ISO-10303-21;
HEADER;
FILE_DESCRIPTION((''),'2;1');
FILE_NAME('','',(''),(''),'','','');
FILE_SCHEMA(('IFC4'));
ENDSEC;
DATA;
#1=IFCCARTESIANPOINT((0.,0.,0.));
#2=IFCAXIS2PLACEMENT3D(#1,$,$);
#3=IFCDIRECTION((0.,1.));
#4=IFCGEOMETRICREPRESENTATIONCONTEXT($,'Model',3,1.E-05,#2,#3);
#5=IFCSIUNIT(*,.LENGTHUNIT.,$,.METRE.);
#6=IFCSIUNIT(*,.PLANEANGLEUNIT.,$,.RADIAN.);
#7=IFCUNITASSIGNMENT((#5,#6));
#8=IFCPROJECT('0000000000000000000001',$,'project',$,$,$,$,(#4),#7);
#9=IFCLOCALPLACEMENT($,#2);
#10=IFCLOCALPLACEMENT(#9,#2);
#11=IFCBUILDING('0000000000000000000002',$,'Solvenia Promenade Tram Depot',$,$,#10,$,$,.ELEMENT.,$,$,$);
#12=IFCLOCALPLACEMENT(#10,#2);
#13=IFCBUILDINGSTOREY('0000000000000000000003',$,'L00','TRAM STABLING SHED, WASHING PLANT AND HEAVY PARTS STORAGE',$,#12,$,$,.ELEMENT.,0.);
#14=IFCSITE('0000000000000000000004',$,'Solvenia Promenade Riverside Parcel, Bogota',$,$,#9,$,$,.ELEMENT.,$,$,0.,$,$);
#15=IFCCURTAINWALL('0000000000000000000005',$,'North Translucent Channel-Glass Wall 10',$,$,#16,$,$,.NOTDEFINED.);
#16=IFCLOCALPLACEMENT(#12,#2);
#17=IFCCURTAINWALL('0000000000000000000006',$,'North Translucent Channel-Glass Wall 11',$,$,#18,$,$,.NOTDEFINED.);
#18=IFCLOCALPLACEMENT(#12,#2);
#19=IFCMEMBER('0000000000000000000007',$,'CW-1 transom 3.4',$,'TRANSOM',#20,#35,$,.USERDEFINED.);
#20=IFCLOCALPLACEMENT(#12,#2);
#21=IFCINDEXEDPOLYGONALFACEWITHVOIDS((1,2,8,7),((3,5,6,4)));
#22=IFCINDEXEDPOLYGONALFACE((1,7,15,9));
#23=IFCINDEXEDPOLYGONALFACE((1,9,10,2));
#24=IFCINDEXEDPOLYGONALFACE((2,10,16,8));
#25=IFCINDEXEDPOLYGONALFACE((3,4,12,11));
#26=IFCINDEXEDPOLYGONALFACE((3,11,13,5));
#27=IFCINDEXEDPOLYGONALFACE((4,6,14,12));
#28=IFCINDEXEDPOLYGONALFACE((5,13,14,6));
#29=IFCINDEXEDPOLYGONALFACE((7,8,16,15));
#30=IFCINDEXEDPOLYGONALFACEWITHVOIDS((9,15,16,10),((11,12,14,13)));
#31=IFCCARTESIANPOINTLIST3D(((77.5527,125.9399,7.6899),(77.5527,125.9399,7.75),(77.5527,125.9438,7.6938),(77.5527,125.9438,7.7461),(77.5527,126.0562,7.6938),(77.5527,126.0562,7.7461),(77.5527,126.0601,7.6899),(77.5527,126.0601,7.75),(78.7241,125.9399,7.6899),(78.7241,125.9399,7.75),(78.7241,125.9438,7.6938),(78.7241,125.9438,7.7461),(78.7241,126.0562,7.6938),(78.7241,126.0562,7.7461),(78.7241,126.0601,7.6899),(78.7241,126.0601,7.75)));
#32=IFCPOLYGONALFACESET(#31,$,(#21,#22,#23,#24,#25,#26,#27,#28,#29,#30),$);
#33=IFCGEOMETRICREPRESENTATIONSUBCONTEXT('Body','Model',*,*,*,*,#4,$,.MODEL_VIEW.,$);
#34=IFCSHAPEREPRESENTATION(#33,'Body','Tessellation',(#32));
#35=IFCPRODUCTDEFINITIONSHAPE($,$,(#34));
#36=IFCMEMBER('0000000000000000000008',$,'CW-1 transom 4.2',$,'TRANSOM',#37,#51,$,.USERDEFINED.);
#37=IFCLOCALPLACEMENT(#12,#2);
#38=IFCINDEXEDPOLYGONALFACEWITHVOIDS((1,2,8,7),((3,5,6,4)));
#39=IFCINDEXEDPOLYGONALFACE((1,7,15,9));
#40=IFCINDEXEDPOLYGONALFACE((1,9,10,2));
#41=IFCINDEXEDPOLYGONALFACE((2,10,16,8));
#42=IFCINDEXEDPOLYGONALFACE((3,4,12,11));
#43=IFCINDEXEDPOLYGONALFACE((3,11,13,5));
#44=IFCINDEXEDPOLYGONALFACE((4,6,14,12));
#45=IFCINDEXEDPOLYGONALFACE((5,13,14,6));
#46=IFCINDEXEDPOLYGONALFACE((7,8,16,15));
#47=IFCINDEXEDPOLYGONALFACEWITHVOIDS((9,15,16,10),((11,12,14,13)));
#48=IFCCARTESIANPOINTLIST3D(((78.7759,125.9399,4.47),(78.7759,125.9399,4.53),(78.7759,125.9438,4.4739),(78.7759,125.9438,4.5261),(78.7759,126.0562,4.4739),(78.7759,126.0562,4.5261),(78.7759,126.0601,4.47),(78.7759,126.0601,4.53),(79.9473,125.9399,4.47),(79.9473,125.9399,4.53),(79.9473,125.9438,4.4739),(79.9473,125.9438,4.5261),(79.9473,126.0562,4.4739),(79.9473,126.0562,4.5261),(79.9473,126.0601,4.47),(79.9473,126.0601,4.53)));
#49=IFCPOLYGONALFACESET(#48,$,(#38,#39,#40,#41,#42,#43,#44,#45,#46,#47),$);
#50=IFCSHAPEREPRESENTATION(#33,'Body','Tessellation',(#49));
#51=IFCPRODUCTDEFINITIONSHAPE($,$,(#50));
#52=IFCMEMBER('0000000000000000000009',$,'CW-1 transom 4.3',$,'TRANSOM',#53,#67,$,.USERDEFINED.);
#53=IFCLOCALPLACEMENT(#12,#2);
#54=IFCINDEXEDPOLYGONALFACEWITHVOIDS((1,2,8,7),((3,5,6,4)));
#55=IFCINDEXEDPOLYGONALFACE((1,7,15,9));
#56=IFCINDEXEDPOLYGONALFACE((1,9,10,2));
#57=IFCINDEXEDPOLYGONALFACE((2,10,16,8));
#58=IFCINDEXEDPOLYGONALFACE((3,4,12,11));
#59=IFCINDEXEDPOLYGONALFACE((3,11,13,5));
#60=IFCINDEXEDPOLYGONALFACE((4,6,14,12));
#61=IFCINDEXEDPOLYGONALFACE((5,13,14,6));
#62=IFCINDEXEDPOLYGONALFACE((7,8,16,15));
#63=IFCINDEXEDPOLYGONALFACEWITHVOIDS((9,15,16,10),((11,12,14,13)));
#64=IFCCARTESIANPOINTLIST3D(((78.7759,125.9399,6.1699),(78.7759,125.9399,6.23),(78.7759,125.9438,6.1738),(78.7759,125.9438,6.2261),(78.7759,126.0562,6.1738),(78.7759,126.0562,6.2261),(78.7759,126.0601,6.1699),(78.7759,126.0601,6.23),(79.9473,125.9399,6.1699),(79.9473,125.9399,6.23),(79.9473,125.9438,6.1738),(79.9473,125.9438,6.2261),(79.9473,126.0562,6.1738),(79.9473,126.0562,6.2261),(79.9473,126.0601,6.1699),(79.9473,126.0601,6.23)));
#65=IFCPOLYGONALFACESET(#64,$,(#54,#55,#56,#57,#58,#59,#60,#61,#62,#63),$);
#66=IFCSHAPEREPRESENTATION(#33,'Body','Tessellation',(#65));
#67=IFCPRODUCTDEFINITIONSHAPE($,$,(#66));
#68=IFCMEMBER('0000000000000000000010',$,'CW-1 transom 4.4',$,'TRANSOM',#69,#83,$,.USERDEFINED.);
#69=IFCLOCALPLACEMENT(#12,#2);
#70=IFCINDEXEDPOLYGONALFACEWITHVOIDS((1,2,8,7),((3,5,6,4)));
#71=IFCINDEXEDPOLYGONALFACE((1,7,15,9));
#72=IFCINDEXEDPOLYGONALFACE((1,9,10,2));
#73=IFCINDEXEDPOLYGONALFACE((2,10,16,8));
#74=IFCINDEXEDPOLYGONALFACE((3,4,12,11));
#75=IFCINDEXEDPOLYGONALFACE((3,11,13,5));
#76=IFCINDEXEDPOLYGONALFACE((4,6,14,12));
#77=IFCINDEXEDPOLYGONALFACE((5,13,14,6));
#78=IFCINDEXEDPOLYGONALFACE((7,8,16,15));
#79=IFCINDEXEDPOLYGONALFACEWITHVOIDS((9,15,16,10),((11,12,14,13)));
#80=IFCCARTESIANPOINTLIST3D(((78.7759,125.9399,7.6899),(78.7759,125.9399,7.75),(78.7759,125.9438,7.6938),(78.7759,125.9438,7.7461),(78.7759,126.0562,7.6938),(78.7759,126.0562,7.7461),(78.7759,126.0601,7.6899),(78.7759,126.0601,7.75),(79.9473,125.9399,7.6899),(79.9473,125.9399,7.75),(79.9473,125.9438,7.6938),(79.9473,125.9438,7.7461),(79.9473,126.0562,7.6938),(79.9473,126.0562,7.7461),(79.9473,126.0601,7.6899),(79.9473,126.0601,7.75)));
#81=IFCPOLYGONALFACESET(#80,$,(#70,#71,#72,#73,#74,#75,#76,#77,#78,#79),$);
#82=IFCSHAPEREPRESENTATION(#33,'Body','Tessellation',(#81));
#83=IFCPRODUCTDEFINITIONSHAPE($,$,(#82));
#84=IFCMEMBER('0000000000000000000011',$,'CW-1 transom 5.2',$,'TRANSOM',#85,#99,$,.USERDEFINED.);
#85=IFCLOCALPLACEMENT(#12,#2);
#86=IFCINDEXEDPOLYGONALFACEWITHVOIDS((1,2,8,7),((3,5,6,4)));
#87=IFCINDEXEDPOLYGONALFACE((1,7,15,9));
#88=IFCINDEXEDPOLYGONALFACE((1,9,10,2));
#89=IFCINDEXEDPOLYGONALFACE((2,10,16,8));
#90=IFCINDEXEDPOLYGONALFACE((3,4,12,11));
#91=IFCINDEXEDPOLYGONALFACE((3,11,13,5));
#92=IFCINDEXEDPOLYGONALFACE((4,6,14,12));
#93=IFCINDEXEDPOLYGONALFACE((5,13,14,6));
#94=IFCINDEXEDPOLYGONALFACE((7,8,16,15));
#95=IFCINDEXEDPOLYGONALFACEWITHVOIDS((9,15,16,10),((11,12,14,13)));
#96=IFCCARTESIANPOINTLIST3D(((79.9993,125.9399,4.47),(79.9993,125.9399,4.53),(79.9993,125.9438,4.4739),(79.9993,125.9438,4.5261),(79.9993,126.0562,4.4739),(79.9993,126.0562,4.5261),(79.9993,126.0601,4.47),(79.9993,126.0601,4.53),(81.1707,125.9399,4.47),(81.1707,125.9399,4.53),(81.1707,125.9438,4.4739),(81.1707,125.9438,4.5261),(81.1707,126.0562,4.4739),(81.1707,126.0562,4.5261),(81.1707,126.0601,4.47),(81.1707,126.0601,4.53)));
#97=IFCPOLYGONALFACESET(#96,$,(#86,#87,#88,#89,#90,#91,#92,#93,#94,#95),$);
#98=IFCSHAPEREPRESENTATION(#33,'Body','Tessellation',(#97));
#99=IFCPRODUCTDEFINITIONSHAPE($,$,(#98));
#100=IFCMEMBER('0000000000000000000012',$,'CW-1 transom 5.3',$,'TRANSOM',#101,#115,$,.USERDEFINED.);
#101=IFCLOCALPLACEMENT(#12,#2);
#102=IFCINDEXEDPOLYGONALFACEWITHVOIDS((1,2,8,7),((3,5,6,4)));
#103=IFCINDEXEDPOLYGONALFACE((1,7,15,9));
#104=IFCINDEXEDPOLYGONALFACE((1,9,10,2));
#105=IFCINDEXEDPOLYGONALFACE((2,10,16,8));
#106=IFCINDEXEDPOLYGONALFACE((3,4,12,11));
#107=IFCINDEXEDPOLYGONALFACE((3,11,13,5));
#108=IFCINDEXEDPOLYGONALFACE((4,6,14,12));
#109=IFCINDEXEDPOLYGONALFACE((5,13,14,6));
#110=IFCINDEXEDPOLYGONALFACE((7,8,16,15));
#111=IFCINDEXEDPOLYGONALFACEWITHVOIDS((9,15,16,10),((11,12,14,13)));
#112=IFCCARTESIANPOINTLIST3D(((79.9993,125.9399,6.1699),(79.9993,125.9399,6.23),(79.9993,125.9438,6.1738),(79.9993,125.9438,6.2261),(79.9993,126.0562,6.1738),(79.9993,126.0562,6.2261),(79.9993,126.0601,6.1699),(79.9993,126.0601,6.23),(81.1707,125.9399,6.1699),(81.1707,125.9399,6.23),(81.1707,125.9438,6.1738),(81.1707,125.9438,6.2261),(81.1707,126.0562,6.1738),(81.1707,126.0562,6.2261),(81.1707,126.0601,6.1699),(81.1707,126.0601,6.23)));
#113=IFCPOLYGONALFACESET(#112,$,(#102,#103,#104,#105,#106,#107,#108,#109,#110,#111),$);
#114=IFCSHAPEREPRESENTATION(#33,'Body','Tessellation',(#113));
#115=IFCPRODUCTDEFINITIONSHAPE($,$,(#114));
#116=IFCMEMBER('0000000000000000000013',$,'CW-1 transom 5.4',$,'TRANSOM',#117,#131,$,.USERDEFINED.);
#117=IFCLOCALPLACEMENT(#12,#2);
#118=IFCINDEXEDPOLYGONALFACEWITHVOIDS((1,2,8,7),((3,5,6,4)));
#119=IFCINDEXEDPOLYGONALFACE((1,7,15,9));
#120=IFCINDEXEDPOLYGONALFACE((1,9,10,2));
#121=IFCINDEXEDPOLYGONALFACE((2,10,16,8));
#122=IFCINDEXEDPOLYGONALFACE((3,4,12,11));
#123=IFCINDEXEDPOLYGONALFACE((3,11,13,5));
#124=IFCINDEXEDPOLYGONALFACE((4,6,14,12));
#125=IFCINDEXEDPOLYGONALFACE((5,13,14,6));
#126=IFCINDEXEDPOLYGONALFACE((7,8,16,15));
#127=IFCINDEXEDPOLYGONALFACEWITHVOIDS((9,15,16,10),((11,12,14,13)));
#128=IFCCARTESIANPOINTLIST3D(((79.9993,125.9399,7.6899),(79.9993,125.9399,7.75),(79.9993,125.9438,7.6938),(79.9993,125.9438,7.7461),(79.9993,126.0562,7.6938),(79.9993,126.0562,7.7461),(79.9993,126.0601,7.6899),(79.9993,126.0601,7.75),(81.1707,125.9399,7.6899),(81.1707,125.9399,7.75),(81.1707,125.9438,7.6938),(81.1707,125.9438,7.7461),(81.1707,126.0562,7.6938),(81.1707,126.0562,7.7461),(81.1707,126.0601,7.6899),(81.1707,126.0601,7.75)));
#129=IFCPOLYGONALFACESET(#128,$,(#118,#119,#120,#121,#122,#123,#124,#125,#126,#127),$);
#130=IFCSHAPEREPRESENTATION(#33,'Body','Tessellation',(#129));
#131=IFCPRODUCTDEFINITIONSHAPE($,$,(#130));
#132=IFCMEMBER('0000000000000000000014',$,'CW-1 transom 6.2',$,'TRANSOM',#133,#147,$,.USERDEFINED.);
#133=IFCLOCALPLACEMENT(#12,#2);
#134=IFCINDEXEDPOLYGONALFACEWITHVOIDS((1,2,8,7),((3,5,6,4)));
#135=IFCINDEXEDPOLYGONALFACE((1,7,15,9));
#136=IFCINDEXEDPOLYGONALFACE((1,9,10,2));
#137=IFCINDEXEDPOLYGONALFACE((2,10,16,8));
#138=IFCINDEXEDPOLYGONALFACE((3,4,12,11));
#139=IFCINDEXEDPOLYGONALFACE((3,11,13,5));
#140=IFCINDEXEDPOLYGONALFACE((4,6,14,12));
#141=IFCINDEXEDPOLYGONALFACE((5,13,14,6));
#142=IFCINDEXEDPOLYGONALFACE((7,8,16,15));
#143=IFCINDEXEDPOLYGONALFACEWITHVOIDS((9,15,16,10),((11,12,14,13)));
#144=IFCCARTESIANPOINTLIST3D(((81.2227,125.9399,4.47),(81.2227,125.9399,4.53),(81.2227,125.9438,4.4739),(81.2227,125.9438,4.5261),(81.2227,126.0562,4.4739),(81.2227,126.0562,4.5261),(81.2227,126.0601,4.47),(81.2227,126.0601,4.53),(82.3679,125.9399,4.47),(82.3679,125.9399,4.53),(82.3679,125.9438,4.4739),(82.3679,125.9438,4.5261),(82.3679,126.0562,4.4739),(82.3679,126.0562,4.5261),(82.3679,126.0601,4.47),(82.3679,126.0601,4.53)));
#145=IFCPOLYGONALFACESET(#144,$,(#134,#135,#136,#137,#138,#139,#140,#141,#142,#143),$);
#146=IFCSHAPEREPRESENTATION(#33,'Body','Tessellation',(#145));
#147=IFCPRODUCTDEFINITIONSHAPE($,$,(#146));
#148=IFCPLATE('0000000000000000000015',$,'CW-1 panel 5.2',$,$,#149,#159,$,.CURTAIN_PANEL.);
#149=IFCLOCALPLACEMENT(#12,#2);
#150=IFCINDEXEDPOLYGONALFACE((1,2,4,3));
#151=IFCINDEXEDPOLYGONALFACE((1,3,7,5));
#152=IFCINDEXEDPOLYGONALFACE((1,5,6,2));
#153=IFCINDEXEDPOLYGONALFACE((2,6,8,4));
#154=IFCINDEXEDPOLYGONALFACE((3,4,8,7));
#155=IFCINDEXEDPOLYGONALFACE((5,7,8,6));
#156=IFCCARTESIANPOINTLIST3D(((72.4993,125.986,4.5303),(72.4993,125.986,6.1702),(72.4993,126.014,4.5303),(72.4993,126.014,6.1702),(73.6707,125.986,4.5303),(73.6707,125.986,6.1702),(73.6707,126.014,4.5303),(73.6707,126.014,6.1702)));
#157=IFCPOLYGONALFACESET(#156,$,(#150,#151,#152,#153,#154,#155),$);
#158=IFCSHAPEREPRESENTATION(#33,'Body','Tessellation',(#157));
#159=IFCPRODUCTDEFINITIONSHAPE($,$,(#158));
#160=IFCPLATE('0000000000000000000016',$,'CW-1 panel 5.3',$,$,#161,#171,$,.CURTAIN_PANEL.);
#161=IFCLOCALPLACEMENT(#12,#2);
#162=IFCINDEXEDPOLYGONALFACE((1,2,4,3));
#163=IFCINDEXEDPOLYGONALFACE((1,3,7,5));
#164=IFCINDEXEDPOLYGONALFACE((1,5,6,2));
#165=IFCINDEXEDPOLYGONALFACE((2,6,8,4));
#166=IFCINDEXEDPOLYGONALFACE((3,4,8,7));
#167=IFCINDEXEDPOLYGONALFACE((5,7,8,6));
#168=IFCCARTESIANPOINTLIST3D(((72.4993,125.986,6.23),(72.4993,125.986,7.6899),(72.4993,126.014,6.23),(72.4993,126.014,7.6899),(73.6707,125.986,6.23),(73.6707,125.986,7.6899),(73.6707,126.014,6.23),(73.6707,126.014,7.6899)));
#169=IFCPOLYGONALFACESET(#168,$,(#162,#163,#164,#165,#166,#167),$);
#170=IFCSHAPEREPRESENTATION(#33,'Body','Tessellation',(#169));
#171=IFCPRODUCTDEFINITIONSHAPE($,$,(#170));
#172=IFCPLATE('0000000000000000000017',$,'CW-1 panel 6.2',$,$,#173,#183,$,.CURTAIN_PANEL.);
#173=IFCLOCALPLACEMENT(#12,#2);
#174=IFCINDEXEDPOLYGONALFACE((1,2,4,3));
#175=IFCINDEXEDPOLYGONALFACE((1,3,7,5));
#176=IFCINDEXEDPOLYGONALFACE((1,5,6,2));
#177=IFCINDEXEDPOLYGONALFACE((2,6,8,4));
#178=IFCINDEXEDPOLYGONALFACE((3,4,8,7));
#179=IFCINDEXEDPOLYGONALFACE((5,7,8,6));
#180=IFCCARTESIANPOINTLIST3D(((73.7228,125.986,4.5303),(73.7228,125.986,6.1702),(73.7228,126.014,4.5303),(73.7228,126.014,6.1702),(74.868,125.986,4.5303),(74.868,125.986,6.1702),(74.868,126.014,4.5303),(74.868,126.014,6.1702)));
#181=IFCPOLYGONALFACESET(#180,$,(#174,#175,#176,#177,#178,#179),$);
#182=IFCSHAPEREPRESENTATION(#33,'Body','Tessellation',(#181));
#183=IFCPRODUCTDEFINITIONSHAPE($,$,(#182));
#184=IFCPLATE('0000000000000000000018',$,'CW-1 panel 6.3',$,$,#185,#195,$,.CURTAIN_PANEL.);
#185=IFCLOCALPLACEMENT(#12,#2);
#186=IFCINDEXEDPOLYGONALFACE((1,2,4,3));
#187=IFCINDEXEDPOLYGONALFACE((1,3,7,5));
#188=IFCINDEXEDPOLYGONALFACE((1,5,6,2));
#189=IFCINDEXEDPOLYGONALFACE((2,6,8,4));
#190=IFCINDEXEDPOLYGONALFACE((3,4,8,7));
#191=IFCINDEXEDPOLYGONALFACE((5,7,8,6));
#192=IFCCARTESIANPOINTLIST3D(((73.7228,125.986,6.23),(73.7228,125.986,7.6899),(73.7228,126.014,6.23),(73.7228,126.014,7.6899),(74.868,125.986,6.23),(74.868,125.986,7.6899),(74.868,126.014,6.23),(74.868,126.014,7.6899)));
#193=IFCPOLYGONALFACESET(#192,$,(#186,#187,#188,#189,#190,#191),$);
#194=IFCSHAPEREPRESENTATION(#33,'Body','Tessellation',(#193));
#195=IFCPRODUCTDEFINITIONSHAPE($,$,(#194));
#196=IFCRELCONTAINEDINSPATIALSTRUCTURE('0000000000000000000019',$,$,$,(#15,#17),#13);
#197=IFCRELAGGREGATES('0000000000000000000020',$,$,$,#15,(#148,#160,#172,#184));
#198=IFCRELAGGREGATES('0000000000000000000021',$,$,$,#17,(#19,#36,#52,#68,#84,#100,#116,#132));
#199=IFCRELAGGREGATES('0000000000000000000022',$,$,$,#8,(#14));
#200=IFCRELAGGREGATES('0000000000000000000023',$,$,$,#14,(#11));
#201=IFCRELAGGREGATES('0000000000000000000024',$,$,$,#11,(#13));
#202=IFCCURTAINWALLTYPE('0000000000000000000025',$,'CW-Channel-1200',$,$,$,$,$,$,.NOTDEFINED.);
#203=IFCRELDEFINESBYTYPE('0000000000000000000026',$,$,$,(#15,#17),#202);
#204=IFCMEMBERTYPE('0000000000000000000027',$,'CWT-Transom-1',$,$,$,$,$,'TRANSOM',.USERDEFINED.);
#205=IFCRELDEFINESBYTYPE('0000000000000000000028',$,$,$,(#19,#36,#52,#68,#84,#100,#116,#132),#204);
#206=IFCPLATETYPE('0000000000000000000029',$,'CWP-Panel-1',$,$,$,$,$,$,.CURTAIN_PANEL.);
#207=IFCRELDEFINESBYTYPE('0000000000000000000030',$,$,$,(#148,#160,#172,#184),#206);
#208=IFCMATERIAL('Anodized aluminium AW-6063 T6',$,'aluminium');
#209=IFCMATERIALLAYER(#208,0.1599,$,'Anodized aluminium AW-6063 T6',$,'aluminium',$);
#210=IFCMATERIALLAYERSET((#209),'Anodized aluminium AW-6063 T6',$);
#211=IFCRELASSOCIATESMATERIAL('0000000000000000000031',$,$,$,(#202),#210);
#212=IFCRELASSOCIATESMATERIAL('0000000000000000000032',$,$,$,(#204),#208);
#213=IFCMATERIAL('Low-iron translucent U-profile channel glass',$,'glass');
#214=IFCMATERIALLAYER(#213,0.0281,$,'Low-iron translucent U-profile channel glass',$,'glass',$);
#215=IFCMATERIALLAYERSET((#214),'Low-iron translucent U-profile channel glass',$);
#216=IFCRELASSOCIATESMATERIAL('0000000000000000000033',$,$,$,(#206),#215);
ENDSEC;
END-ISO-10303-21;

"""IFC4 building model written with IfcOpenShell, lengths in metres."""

from ifc_helpers import new_model, si_unit, direction, frame, origin, origin_2d, place, context, subcontext, project, spatial, rectangle, hollow_rectangle, extrude, material, layer, layer_set, material_profile, profile_set, type_object, element, aggregate, save


model = new_model("IFC4")

# Units and contexts
model_context = context("Model", 3, precision=1e-05, world=origin(), true_north=direction((0.0, 1.0)))
body_context = subcontext(model_context, "Body", "Model", "MODEL_VIEW")
ifc_project = project(units=[si_unit("LENGTHUNIT", "METRE"), si_unit("PLANEANGLEUNIT", "RADIAN")], contexts=[model_context])

# Site, building, storey
site_placement = place(None, origin())
site = spatial("IfcSite", under=ifc_project, at=site_placement, Name="Solvenia Promenade Riverside Parcel, Bogota", CompositionType="ELEMENT", RefElevation=0.0)
building_placement = place(site_placement, origin())
building = spatial("IfcBuilding", under=site, at=building_placement, Name="Solvenia Promenade Tram Depot", CompositionType="ELEMENT")
storey_placement = place(building_placement, origin())
storey = spatial("IfcBuildingStorey", under=building, at=storey_placement, Name="L00", Description="TRAM STABLING SHED, WASHING PLANT AND HEAVY PARTS STORAGE", CompositionType="ELEMENT", Elevation=0.0)

# Curtain walls, members
ifc_material_1 = material(Name="Anodized aluminium AW-6063 T6", Category="aluminium")
ifc_layer_1 = layer(ifc_material_1, 0.1599, Name="Anodized aluminium AW-6063 T6", Category="aluminium")
ifc_layer_set_1 = layer_set([ifc_layer_1], Name="Anodized aluminium AW-6063 T6")
curtain_wall_type = type_object("IfcCurtainWallType", Name="CW-Channel-1200", PredefinedType="NOTDEFINED", material=ifc_layer_set_1)
curtain_wall_1_placement = place(storey_placement, origin())
curtain_wall_1 = element("IfcCurtainWall", 1, at=curtain_wall_1_placement, inside=storey, type_object=curtain_wall_type, Name="North Translucent Channel-Glass Wall 10", PredefinedType="NOTDEFINED")
ifc_material_profile = material_profile(ifc_material_1, hollow_rectangle(XDim=0.1201, YDim=0.0601, WallThickness=0.0039, at=origin_2d()), Name="ALU-T1", Category="aluminium")
ifc_profile_set = profile_set([ifc_material_profile], Name="Anodized aluminium AW-6063 T6")
member_type = type_object("IfcMemberType", Name="CWT-Transom-1", ElementType="TRANSOM", PredefinedType="USERDEFINED", material=ifc_profile_set)
curtain_wall_2_placement = place(storey_placement, origin())
curtain_wall_2 = element("IfcCurtainWall", 2, at=curtain_wall_2_placement, inside=storey, type_object=curtain_wall_type, Name="North Translucent Channel-Glass Wall 11", PredefinedType="NOTDEFINED")
member_1_placement = place(storey_placement, frame((77.5527, 126.0, 7.72), z_axis=(1.0, 0.0, 0.0), x_axis=(0.0, 1.0, 0.0)))
member_1 = element("IfcMember", 3, at=member_1_placement, type_object=member_type, Name="CW-1 transom 3.4", ObjectType="TRANSOM", PredefinedType="USERDEFINED", context=body_context, shape_type="SweptSolid", body=[
    extrude(hollow_rectangle(XDim=0.1201, YDim=0.0601, WallThickness=0.0039, at=origin_2d()), origin(), (0.0, 0.0, 1.0), 1.1714),
])
member_2_placement = place(storey_placement, frame((78.7759, 126.0, 4.5), z_axis=(1.0, 0.0, 0.0), x_axis=(0.0, 1.0, 0.0)))
member_2 = element("IfcMember", 4, at=member_2_placement, type_object=member_type, Name="CW-1 transom 4.2", ObjectType="TRANSOM", PredefinedType="USERDEFINED", context=body_context, shape_type="SweptSolid", body=[
    extrude(hollow_rectangle(XDim=0.1201, YDim=0.0601, WallThickness=0.0039, at=origin_2d()), origin(), (0.0, 0.0, 1.0), 1.1714),
])
member_3_placement = place(storey_placement, frame((78.7759, 126.0, 6.2), z_axis=(1.0, 0.0, 0.0), x_axis=(0.0, 1.0, 0.0)))
member_3 = element("IfcMember", 5, at=member_3_placement, type_object=member_type, Name="CW-1 transom 4.3", ObjectType="TRANSOM", PredefinedType="USERDEFINED", context=body_context, shape_type="SweptSolid", body=[
    extrude(hollow_rectangle(XDim=0.1201, YDim=0.0601, WallThickness=0.0039, at=origin_2d()), origin(), (0.0, 0.0, 1.0), 1.1714),
])
member_4_placement = place(storey_placement, frame((78.7759, 126.0, 7.72), z_axis=(1.0, 0.0, 0.0), x_axis=(0.0, 1.0, 0.0)))
member_4 = element("IfcMember", 6, at=member_4_placement, type_object=member_type, Name="CW-1 transom 4.4", ObjectType="TRANSOM", PredefinedType="USERDEFINED", context=body_context, shape_type="SweptSolid", body=[
    extrude(hollow_rectangle(XDim=0.1201, YDim=0.0601, WallThickness=0.0039, at=origin_2d()), origin(), (0.0, 0.0, 1.0), 1.1714),
])
member_5_placement = place(storey_placement, frame((79.9993, 126.0, 4.5), z_axis=(1.0, 0.0, 0.0), x_axis=(0.0, 1.0, 0.0)))
member_5 = element("IfcMember", 7, at=member_5_placement, type_object=member_type, Name="CW-1 transom 5.2", ObjectType="TRANSOM", PredefinedType="USERDEFINED", context=body_context, shape_type="SweptSolid", body=[
    extrude(hollow_rectangle(XDim=0.1201, YDim=0.0601, WallThickness=0.0039, at=origin_2d()), origin(), (0.0, 0.0, 1.0), 1.1714),
])
member_6_placement = place(storey_placement, frame((79.9993, 126.0, 6.2), z_axis=(1.0, 0.0, 0.0), x_axis=(0.0, 1.0, 0.0)))
member_6 = element("IfcMember", 8, at=member_6_placement, type_object=member_type, Name="CW-1 transom 5.3", ObjectType="TRANSOM", PredefinedType="USERDEFINED", context=body_context, shape_type="SweptSolid", body=[
    extrude(hollow_rectangle(XDim=0.1201, YDim=0.0601, WallThickness=0.0039, at=origin_2d()), origin(), (0.0, 0.0, 1.0), 1.1714),
])
member_7_placement = place(storey_placement, frame((79.9993, 126.0, 7.72), z_axis=(1.0, 0.0, 0.0), x_axis=(0.0, 1.0, 0.0)))
member_7 = element("IfcMember", 9, at=member_7_placement, type_object=member_type, Name="CW-1 transom 5.4", ObjectType="TRANSOM", PredefinedType="USERDEFINED", context=body_context, shape_type="SweptSolid", body=[
    extrude(hollow_rectangle(XDim=0.1201, YDim=0.0601, WallThickness=0.0039, at=origin_2d()), origin(), (0.0, 0.0, 1.0), 1.1714),
])
member_8_placement = place(storey_placement, frame((81.2227, 126.0, 4.5), z_axis=(1.0, 0.0, 0.0), x_axis=(0.0, 1.0, 0.0)))
member_8 = element("IfcMember", 10, at=member_8_placement, type_object=member_type, Name="CW-1 transom 6.2", ObjectType="TRANSOM", PredefinedType="USERDEFINED", context=body_context, shape_type="SweptSolid", body=[
    extrude(hollow_rectangle(XDim=0.1201, YDim=0.0601, WallThickness=0.0039, at=origin_2d()), origin(), (0.0, 0.0, 1.0), 1.1453),
])

# Plates
ifc_material_2 = material(Name="Low-iron translucent U-profile channel glass", Category="glass")
ifc_layer_2 = layer(ifc_material_2, 0.0281, Name="Low-iron translucent U-profile channel glass", Category="glass")
ifc_layer_set_2 = layer_set([ifc_layer_2], Name="Low-iron translucent U-profile channel glass")
plate_type = type_object("IfcPlateType", Name="CWP-Panel-1", PredefinedType="CURTAIN_PANEL", material=ifc_layer_set_2)
plate_1_placement = place(storey_placement, frame((73.085, 126.0, 4.5303), z_axis=(0.0, 0.0, 1.0), x_axis=(1.0, 0.0, 0.0)))
plate_1 = element("IfcPlate", 11, at=plate_1_placement, type_object=plate_type, Name="CW-1 panel 5.2", PredefinedType="CURTAIN_PANEL", context=body_context, shape_type="SweptSolid", body=[
    extrude(rectangle(XDim=1.1714, YDim=0.0281, at=origin_2d()), origin(), (0.0, 0.0, 1.0), 1.6399),
])
plate_2_placement = place(storey_placement, frame((73.085, 126.0, 6.23), z_axis=(0.0, 0.0, 1.0), x_axis=(1.0, 0.0, 0.0)))
plate_2 = element("IfcPlate", 12, at=plate_2_placement, type_object=plate_type, Name="CW-1 panel 5.3", PredefinedType="CURTAIN_PANEL", context=body_context, shape_type="SweptSolid", body=[
    extrude(rectangle(XDim=1.1714, YDim=0.0281, at=origin_2d()), origin(), (0.0, 0.0, 1.0), 1.46),
])
plate_3_placement = place(storey_placement, frame((74.2954, 126.0, 4.5303), z_axis=(0.0, 0.0, 1.0), x_axis=(1.0, 0.0, 0.0)))
plate_3 = element("IfcPlate", 13, at=plate_3_placement, type_object=plate_type, Name="CW-1 panel 6.2", PredefinedType="CURTAIN_PANEL", context=body_context, shape_type="SweptSolid", body=[
    extrude(rectangle(XDim=1.1453, YDim=0.0281, at=origin_2d()), origin(), (0.0, 0.0, 1.0), 1.6399),
])
plate_4_placement = place(storey_placement, frame((74.2954, 126.0, 6.23), z_axis=(0.0, 0.0, 1.0), x_axis=(1.0, 0.0, 0.0)))
plate_4 = element("IfcPlate", 14, at=plate_4_placement, type_object=plate_type, Name="CW-1 panel 6.3", PredefinedType="CURTAIN_PANEL", context=body_context, shape_type="SweptSolid", body=[
    extrude(rectangle(XDim=1.1453, YDim=0.0281, at=origin_2d()), origin(), (0.0, 0.0, 1.0), 1.46),
])
aggregate(curtain_wall_1, [plate_1, plate_2, plate_3, plate_4])
aggregate(curtain_wall_2, [member_1, member_2, member_3, member_4, member_5, member_6, member_7, member_8])

save(model, "model.ifc")
